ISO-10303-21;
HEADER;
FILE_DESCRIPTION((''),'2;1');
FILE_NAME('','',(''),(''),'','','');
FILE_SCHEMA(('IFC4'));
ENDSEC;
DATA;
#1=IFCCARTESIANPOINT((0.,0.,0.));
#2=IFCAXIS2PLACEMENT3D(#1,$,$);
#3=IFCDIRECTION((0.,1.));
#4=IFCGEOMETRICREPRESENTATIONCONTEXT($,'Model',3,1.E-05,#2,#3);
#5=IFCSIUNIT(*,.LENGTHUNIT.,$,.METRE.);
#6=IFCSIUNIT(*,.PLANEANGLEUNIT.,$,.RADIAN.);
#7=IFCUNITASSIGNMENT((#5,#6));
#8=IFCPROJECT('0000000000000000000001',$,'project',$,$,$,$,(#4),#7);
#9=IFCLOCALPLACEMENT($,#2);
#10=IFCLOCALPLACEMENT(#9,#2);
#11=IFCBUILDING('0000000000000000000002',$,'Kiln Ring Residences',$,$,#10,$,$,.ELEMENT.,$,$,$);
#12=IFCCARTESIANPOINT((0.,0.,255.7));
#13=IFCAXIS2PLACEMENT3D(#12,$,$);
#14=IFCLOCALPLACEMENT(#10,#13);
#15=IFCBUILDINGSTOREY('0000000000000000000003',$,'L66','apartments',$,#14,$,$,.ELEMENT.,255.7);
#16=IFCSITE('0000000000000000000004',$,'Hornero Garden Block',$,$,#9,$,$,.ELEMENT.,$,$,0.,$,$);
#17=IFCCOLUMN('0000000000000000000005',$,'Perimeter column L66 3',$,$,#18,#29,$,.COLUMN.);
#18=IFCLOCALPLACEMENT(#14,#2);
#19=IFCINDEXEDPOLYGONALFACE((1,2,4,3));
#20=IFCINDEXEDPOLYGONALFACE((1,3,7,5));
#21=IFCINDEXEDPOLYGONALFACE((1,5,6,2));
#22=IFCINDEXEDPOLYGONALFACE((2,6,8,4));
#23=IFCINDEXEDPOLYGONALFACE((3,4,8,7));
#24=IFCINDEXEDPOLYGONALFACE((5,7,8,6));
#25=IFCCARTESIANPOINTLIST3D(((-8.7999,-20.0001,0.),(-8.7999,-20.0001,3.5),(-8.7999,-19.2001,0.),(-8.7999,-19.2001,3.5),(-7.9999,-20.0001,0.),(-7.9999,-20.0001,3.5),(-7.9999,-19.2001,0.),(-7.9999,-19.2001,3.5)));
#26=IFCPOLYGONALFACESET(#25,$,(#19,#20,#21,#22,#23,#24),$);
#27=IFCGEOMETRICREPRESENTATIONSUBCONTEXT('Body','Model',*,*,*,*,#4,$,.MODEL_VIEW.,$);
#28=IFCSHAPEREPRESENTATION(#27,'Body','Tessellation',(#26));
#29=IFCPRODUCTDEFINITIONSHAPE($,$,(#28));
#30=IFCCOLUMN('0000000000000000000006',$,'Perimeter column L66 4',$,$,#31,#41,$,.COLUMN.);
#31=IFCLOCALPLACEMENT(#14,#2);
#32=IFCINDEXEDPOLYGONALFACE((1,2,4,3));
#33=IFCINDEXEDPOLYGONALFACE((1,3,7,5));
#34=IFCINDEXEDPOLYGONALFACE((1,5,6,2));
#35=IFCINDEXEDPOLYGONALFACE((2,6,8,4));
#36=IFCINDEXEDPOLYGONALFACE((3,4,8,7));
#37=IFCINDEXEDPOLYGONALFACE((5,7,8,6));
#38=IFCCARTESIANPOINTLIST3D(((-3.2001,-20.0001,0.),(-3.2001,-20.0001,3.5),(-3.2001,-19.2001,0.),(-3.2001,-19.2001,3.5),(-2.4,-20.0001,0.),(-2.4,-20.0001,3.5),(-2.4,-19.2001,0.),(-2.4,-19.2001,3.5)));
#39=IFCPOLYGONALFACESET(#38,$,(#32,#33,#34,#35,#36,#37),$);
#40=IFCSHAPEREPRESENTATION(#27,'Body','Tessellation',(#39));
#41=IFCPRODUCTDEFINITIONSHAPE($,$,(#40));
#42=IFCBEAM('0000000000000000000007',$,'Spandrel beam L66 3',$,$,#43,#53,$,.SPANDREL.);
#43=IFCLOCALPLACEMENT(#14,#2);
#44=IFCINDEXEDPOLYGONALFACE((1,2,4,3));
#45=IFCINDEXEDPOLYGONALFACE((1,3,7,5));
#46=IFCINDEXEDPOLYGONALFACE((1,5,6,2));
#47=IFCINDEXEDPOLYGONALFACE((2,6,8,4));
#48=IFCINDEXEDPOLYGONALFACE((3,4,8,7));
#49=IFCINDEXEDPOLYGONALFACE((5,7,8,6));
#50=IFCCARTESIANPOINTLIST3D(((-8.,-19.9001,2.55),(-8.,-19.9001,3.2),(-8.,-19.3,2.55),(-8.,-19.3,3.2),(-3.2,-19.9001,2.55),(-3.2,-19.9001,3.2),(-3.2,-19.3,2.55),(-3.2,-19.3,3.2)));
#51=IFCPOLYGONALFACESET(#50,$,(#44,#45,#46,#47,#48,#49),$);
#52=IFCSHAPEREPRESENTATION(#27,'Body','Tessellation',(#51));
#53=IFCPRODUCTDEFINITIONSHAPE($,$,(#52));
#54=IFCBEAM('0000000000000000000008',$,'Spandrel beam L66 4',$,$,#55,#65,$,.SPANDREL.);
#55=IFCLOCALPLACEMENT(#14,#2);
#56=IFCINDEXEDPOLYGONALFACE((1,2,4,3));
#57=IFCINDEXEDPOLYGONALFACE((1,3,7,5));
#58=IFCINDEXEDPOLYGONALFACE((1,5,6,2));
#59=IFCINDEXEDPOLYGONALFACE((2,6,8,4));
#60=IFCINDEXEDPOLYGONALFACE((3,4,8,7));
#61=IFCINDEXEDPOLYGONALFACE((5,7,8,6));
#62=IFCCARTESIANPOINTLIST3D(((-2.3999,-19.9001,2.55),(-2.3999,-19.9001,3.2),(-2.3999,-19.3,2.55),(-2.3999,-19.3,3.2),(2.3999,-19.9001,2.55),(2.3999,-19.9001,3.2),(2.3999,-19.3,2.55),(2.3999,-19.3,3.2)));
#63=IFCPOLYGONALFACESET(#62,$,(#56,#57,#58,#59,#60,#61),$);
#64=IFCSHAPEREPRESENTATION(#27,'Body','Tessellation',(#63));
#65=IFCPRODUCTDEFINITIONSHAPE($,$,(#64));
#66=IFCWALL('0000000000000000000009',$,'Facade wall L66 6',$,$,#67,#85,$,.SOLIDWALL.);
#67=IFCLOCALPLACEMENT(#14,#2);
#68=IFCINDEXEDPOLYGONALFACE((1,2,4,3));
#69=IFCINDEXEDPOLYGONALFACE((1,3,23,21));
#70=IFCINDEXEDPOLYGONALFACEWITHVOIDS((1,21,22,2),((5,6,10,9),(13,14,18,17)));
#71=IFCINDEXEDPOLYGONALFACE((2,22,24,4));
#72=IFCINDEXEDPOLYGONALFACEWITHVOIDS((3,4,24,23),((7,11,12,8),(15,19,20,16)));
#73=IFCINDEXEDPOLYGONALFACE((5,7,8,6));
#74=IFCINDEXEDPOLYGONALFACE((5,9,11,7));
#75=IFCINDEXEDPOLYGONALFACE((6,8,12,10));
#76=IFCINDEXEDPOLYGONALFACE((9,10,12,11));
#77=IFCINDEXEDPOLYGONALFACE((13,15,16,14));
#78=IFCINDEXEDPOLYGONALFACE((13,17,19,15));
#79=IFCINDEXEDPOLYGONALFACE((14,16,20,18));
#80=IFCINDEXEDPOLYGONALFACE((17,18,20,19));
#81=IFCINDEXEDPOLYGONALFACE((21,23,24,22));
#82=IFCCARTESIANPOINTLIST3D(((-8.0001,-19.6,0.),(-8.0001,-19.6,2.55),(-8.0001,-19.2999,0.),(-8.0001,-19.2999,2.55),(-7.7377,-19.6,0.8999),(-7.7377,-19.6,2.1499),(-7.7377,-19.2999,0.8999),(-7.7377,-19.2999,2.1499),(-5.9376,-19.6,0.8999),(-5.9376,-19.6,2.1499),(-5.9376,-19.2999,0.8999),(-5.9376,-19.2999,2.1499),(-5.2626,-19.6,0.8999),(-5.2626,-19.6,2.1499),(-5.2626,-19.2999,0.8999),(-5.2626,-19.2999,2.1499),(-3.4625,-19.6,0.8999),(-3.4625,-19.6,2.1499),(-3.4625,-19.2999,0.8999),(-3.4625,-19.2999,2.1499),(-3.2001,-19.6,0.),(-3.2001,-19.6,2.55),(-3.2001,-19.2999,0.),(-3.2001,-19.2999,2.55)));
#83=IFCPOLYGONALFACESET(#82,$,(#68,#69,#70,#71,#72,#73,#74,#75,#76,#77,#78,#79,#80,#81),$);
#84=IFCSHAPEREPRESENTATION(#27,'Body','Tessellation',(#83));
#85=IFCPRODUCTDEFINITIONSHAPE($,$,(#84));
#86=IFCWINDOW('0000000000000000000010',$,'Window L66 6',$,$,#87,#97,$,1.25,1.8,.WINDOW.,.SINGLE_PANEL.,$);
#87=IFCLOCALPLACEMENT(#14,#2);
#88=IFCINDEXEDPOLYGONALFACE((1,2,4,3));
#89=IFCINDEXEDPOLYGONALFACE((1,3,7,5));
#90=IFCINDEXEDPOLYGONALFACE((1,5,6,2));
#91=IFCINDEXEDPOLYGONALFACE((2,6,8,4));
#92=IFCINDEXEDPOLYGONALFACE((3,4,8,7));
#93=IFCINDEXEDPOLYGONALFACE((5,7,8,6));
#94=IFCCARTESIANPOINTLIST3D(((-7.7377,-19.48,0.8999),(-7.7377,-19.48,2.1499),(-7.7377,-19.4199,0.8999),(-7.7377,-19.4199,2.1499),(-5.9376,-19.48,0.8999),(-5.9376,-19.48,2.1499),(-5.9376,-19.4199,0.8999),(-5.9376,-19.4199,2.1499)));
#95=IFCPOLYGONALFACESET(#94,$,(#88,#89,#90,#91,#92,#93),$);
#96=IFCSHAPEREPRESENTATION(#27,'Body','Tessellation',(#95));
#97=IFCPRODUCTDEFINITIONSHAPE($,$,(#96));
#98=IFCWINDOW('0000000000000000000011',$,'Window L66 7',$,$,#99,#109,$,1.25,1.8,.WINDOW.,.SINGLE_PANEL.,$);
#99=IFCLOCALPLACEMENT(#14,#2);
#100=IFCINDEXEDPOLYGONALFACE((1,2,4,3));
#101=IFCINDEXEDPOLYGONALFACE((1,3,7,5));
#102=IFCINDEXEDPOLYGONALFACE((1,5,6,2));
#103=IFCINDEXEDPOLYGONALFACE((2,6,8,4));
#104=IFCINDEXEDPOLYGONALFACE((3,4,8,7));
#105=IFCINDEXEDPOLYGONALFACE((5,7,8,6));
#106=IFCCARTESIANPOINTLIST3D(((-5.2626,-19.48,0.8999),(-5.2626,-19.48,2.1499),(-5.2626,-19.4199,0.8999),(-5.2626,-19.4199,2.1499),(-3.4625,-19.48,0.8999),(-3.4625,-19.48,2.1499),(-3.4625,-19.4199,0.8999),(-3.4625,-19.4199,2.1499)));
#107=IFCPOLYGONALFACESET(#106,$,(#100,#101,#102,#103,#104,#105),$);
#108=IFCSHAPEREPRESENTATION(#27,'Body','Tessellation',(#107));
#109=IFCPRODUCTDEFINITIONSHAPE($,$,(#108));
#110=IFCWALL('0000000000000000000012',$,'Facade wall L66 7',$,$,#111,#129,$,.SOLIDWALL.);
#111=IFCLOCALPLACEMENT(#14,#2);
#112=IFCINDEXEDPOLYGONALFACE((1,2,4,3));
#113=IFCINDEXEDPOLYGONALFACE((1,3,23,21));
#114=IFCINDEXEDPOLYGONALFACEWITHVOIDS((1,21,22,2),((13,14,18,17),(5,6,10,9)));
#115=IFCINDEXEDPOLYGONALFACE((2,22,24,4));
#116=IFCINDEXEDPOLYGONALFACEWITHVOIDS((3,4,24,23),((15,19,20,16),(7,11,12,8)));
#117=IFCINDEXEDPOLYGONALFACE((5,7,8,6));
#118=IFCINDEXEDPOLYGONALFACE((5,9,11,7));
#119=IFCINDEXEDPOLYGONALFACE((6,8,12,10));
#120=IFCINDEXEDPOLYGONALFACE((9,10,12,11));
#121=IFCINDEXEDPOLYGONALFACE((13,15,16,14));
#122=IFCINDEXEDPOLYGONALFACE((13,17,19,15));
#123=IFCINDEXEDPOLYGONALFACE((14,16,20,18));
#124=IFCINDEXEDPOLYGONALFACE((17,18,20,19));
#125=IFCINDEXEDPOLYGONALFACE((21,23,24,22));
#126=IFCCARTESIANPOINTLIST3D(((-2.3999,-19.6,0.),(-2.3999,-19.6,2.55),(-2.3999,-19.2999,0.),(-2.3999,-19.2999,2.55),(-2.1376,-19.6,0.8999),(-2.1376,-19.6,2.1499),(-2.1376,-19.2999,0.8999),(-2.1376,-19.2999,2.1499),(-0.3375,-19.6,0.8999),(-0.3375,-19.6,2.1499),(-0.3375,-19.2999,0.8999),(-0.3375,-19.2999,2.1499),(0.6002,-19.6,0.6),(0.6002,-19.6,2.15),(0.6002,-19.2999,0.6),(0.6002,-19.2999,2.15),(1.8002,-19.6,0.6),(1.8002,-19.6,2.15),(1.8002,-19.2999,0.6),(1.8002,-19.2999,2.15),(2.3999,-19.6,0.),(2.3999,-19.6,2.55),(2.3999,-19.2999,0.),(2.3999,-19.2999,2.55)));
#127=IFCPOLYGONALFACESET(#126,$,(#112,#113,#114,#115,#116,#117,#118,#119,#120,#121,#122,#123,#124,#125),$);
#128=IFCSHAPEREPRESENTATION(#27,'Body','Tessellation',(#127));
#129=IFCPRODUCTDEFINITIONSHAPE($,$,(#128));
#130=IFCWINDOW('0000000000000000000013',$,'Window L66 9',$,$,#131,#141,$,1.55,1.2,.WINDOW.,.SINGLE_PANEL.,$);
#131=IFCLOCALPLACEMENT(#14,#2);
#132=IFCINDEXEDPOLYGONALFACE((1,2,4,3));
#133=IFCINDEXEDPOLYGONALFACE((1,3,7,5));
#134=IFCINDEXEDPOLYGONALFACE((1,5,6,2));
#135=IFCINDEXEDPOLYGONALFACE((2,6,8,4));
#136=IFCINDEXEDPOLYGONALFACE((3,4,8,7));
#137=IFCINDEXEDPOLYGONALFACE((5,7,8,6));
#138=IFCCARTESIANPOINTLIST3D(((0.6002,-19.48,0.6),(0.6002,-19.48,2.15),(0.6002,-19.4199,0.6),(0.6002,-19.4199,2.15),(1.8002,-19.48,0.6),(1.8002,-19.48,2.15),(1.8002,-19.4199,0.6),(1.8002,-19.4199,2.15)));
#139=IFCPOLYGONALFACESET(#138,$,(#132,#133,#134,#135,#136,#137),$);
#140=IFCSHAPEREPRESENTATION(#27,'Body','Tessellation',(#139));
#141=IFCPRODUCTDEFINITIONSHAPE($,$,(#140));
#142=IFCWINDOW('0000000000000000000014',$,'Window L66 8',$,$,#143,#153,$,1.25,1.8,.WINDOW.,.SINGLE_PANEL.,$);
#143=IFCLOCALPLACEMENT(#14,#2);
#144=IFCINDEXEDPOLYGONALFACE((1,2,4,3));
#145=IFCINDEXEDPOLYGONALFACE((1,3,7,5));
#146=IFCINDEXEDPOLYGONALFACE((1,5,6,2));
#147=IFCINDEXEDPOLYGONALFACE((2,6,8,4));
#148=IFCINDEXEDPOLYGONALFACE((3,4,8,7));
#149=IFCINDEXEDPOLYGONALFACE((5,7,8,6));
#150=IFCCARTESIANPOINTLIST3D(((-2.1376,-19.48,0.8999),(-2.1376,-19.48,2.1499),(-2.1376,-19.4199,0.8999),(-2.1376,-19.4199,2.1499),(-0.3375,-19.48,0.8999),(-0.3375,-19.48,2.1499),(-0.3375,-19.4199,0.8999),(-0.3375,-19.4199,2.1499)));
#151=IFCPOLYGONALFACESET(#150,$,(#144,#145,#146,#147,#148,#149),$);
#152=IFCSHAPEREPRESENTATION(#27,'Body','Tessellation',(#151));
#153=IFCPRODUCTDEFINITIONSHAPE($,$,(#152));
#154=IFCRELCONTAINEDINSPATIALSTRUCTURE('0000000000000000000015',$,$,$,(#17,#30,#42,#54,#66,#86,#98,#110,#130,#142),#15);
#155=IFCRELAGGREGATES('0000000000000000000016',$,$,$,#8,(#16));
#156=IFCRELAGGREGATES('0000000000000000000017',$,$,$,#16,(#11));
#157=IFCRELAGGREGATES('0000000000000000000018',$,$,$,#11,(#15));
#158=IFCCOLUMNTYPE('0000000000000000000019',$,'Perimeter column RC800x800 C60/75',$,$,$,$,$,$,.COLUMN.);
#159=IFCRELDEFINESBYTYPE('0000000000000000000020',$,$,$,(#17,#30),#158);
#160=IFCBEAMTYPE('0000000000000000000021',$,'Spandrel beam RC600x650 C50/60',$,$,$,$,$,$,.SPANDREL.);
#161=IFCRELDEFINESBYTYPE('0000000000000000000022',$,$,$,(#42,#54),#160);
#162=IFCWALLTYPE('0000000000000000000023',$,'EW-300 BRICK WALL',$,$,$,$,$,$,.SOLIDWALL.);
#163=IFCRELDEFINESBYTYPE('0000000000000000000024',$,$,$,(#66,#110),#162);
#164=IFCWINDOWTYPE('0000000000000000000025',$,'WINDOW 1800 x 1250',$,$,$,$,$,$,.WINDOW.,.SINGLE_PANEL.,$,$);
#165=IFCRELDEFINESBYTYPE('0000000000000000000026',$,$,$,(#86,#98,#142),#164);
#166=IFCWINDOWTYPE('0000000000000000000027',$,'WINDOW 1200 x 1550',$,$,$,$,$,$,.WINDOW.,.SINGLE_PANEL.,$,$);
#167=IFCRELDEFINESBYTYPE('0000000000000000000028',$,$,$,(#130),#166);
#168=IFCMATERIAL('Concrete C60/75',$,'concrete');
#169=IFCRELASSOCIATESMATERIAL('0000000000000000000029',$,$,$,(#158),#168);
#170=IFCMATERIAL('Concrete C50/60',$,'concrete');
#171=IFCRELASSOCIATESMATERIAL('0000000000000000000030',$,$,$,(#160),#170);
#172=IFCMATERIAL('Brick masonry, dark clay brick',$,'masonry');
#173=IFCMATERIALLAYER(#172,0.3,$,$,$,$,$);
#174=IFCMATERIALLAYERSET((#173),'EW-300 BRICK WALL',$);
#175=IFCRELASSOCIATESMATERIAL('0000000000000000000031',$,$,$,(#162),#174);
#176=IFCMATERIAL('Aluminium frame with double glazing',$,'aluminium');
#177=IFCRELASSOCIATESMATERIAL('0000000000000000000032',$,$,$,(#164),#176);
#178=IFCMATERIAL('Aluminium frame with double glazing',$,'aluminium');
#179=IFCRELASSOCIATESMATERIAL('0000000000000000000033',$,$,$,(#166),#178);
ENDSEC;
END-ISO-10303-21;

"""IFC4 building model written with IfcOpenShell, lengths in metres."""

from ifc_helpers import new_model, si_unit, direction, frame, frame_2d, origin, origin_2d, place, context, subcontext, project, spatial, rectangle, extrude, material, layer, layer_set, material_profile, profile_set, type_object, element, fill, save


model = new_model("IFC4")

# Units and contexts
model_context = context("Model", 3, precision=1e-05, world=origin(), true_north=direction((0.0, 1.0)))
body_context = subcontext(model_context, "Body", "Model", "MODEL_VIEW")
ifc_project = project(units=[si_unit("LENGTHUNIT", "METRE"), si_unit("PLANEANGLEUNIT", "RADIAN")], contexts=[model_context])

# Site, building, storey
site_placement = place(None, origin())
site = spatial("IfcSite", under=ifc_project, at=site_placement, Name="Hornero Garden Block", CompositionType="ELEMENT", RefElevation=0.0)
building_placement = place(site_placement, origin())
building = spatial("IfcBuilding", under=site, at=building_placement, Name="Kiln Ring Residences", CompositionType="ELEMENT")
storey_placement = place(building_placement, frame((0.0, 0.0, 255.7)))
storey = spatial("IfcBuildingStorey", under=building, at=storey_placement, Name="L66", Description="apartments", CompositionType="ELEMENT", Elevation=255.7)

# Columns
ifc_material_1 = material(Name="Concrete C60/75", Category="concrete")
ifc_material_profile_1 = material_profile(ifc_material_1, rectangle(XDim=0.8, YDim=0.8, at=origin_2d()), Name="RC800x800")
ifc_profile_set_1 = profile_set([ifc_material_profile_1], Name="Concrete C60/75")
column_type = type_object("IfcColumnType", Name="Perimeter column RC800x800 C60/75", PredefinedType="COLUMN", material=ifc_profile_set_1)
for number, where, z_axis, x_axis, name in (
    (1, (-8.3999, -19.6001, 0.0), (0.0, 0.0, 1.0), (1.0, 0.0, 0.0), "Perimeter column L66 3"),
    (2, (-2.8, -19.6001, 0.0), (0.0, 0.0, 1.0), (1.0, 0.0, 0.0), "Perimeter column L66 4"),
):
    element("IfcColumn", number, at=place(storey_placement, frame(where, z_axis=z_axis, x_axis=x_axis)), inside=storey, type_object=column_type, Name=name, PredefinedType="COLUMN", context=body_context, shape_type="SweptSolid", body=[
        extrude(rectangle(XDim=0.8, YDim=0.8, at=origin_2d()), origin(), (0.0, 0.0, 1.0), 3.5),
    ])

# Beams
ifc_material_2 = material(Name="Concrete C50/60", Category="concrete")
ifc_material_profile_2 = material_profile(ifc_material_2, rectangle(XDim=0.6001, YDim=0.6499, at=origin_2d()), Name="RC600x650")
ifc_profile_set_2 = profile_set([ifc_material_profile_2], Name="Concrete C50/60")
beam_type = type_object("IfcBeamType", Name="Spandrel beam RC600x650 C50/60", PredefinedType="SPANDREL", material=ifc_profile_set_2)
beam_1_placement = place(storey_placement, frame((-8.0, -19.6001, 2.875), z_axis=(1.0, 0.0, 0.0), x_axis=(0.0, 1.0, 0.0)))
element("IfcBeam", 3, at=beam_1_placement, inside=storey, type_object=beam_type, Name="Spandrel beam L66 3", PredefinedType="SPANDREL", context=body_context, shape_type="SweptSolid", body=[
    extrude(rectangle(XDim=0.6001, YDim=0.6499, at=origin_2d()), origin(), (0.0, 0.0, 1.0), 4.8),
])
beam_2_placement = place(storey_placement, frame((-2.3999, -19.6001, 2.875), z_axis=(1.0, 0.0, 0.0), x_axis=(0.0, 1.0, 0.0)))
element("IfcBeam", 4, at=beam_2_placement, inside=storey, type_object=beam_type, Name="Spandrel beam L66 4", PredefinedType="SPANDREL", context=body_context, shape_type="SweptSolid", body=[
    extrude(rectangle(XDim=0.6001, YDim=0.6499, at=origin_2d()), origin(), (0.0, 0.0, 1.0), 4.7998),
])

# Walls, openings, windows
ifc_material_3 = material(Name="Brick masonry, dark clay brick", Category="masonry")
ifc_layer_1 = layer(ifc_material_3, 0.3)
ifc_layer_set_1 = layer_set([ifc_layer_1], Name="EW-300 BRICK WALL")
wall_type_1 = type_object("IfcWallType", Name="EW-300 BRICK WALL", PredefinedType="SOLIDWALL", material=ifc_layer_set_1)
wall_1_placement = place(storey_placement, frame((-8.0, -19.45, 0.0), z_axis=(0.0, 0.0, 1.0), x_axis=(1.0, 0.0, 0.0)))
wall_1 = element("IfcWall", 5, at=wall_1_placement, inside=storey, type_object=wall_type_1, Name="Facade wall L66 6", PredefinedType="SOLIDWALL", context=body_context, shape_type="SweptSolid", body=[
    extrude(rectangle(XDim=4.8, YDim=0.3, at=frame_2d((2.3999, 0.0))), origin(), (0.0, 0.0, 1.0), 2.55),
])
opening_1_placement = place(wall_1_placement, frame((0.2625, 0.0, 0.8999)))
opening_1 = element("IfcOpeningElement", 6, at=opening_1_placement, cuts=wall_1, PredefinedType="OPENING", context=body_context, shape_type="SweptSolid", body=[
    extrude(rectangle(XDim=1.8, YDim=1.25, at=frame_2d((0.8999, 0.625))), frame((0.0, 0.1599, 0.0), z_axis=(0.0, -1.0, 0.0), x_axis=(1.0, 0.0, 0.0)), (0.0, 0.0, 1.0), 0.3201),
])
opening_2_placement = place(wall_1_placement, frame((2.7375, 0.0, 0.8999)))
opening_2 = element("IfcOpeningElement", 7, at=opening_2_placement, cuts=wall_1, PredefinedType="OPENING", context=body_context, shape_type="SweptSolid", body=[
    extrude(rectangle(XDim=1.8, YDim=1.25, at=frame_2d((0.8999, 0.625))), frame((0.0, 0.1599, 0.0), z_axis=(0.0, -1.0, 0.0), x_axis=(1.0, 0.0, 0.0)), (0.0, 0.0, 1.0), 0.3201),
])
ifc_material_4 = material(Name="Aluminium frame with double glazing", Category="aluminium")
window_type_1 = type_object("IfcWindowType", Name="WINDOW 1800 x 1250", PartitioningType="SINGLE_PANEL", PredefinedType="WINDOW", material=ifc_material_4)
window_1_placement = place(opening_1_placement, origin())
window_1 = element("IfcWindow", 8, at=window_1_placement, inside=storey, type_object=window_type_1, Name="Window L66 6", OverallHeight=1.25, OverallWidth=1.8, PartitioningType="SINGLE_PANEL", PredefinedType="WINDOW", context=body_context, shape_type="SweptSolid", body=[
    extrude(rectangle(XDim=1.8, YDim=1.25, at=frame_2d((0.8999, 0.625))), frame((0.0, 0.03, 0.0), z_axis=(0.0, -1.0, 0.0), x_axis=(1.0, 0.0, 0.0)), (0.0, 0.0, 1.0), 0.0601),
])
fill(opening_1, window_1)
window_2_placement = place(opening_2_placement, origin())
window_2 = element("IfcWindow", 9, at=window_2_placement, inside=storey, type_object=window_type_1, Name="Window L66 7", OverallHeight=1.25, OverallWidth=1.8, PartitioningType="SINGLE_PANEL", PredefinedType="WINDOW", context=body_context, shape_type="SweptSolid", body=[
    extrude(rectangle(XDim=1.8, YDim=1.25, at=frame_2d((0.8999, 0.625))), frame((0.0, 0.03, 0.0), z_axis=(0.0, -1.0, 0.0), x_axis=(1.0, 0.0, 0.0)), (0.0, 0.0, 1.0), 0.0601),
])
fill(opening_2, window_2)
wall_2_placement = place(storey_placement, frame((-2.3999, -19.45, 0.0), z_axis=(0.0, 0.0, 1.0), x_axis=(1.0, 0.0, 0.0)))
wall_2 = element("IfcWall", 10, at=wall_2_placement, inside=storey, type_object=wall_type_1, Name="Facade wall L66 7", PredefinedType="SOLIDWALL", context=body_context, shape_type="SweptSolid", body=[
    extrude(rectangle(XDim=4.7998, YDim=0.3, at=frame_2d((2.3999, 0.0))), origin(), (0.0, 0.0, 1.0), 2.55),
])
opening_3_placement = place(wall_2_placement, frame((0.2625, 0.0, 0.8999)))
opening_3 = element("IfcOpeningElement", 11, at=opening_3_placement, cuts=wall_2, PredefinedType="OPENING", context=body_context, shape_type="SweptSolid", body=[
    extrude(rectangle(XDim=1.8, YDim=1.25, at=frame_2d((0.8999, 0.625))), frame((0.0, 0.1599, 0.0), z_axis=(0.0, -1.0, 0.0), x_axis=(1.0, 0.0, 0.0)), (0.0, 0.0, 1.0), 0.3201),
])
opening_4_placement = place(wall_2_placement, frame((3.0, 0.0, 0.6001)))
opening_4 = element("IfcOpeningElement", 12, at=opening_4_placement, cuts=wall_2, PredefinedType="OPENING", context=body_context, shape_type="SweptSolid", body=[
    extrude(rectangle(XDim=1.2, YDim=1.55, at=frame_2d((0.6001, 0.7749))), frame((0.0, 0.1599, 0.0), z_axis=(0.0, -1.0, 0.0), x_axis=(1.0, 0.0, 0.0)), (0.0, 0.0, 1.0), 0.3201),
])
ifc_material_5 = material(Name="Aluminium frame with double glazing", Category="aluminium")
window_type_2 = type_object("IfcWindowType", Name="WINDOW 1200 x 1550", PartitioningType="SINGLE_PANEL", PredefinedType="WINDOW", material=ifc_material_5)
window_3_placement = place(opening_4_placement, origin())
window_3 = element("IfcWindow", 13, at=window_3_placement, inside=storey, type_object=window_type_2, Name="Window L66 9", OverallHeight=1.55, OverallWidth=1.2, PartitioningType="SINGLE_PANEL", PredefinedType="WINDOW", context=body_context, shape_type="SweptSolid", body=[
    extrude(rectangle(XDim=1.2, YDim=1.55, at=frame_2d((0.6001, 0.7749))), frame((0.0, 0.03, 0.0), z_axis=(0.0, -1.0, 0.0), x_axis=(1.0, 0.0, 0.0)), (0.0, 0.0, 1.0), 0.0601),
])
fill(opening_4, window_3)
window_4_placement = place(opening_3_placement, origin())
window_4 = element("IfcWindow", 14, at=window_4_placement, inside=storey, type_object=window_type_1, Name="Window L66 8", OverallHeight=1.25, OverallWidth=1.8, PartitioningType="SINGLE_PANEL", PredefinedType="WINDOW", context=body_context, shape_type="SweptSolid", body=[
    extrude(rectangle(XDim=1.8, YDim=1.25, at=frame_2d((0.8999, 0.625))), frame((0.0, 0.03, 0.0), z_axis=(0.0, -1.0, 0.0), x_axis=(1.0, 0.0, 0.0)), (0.0, 0.0, 1.0), 0.0601),
])
fill(opening_3, window_4)

save(model, "model.ifc")
